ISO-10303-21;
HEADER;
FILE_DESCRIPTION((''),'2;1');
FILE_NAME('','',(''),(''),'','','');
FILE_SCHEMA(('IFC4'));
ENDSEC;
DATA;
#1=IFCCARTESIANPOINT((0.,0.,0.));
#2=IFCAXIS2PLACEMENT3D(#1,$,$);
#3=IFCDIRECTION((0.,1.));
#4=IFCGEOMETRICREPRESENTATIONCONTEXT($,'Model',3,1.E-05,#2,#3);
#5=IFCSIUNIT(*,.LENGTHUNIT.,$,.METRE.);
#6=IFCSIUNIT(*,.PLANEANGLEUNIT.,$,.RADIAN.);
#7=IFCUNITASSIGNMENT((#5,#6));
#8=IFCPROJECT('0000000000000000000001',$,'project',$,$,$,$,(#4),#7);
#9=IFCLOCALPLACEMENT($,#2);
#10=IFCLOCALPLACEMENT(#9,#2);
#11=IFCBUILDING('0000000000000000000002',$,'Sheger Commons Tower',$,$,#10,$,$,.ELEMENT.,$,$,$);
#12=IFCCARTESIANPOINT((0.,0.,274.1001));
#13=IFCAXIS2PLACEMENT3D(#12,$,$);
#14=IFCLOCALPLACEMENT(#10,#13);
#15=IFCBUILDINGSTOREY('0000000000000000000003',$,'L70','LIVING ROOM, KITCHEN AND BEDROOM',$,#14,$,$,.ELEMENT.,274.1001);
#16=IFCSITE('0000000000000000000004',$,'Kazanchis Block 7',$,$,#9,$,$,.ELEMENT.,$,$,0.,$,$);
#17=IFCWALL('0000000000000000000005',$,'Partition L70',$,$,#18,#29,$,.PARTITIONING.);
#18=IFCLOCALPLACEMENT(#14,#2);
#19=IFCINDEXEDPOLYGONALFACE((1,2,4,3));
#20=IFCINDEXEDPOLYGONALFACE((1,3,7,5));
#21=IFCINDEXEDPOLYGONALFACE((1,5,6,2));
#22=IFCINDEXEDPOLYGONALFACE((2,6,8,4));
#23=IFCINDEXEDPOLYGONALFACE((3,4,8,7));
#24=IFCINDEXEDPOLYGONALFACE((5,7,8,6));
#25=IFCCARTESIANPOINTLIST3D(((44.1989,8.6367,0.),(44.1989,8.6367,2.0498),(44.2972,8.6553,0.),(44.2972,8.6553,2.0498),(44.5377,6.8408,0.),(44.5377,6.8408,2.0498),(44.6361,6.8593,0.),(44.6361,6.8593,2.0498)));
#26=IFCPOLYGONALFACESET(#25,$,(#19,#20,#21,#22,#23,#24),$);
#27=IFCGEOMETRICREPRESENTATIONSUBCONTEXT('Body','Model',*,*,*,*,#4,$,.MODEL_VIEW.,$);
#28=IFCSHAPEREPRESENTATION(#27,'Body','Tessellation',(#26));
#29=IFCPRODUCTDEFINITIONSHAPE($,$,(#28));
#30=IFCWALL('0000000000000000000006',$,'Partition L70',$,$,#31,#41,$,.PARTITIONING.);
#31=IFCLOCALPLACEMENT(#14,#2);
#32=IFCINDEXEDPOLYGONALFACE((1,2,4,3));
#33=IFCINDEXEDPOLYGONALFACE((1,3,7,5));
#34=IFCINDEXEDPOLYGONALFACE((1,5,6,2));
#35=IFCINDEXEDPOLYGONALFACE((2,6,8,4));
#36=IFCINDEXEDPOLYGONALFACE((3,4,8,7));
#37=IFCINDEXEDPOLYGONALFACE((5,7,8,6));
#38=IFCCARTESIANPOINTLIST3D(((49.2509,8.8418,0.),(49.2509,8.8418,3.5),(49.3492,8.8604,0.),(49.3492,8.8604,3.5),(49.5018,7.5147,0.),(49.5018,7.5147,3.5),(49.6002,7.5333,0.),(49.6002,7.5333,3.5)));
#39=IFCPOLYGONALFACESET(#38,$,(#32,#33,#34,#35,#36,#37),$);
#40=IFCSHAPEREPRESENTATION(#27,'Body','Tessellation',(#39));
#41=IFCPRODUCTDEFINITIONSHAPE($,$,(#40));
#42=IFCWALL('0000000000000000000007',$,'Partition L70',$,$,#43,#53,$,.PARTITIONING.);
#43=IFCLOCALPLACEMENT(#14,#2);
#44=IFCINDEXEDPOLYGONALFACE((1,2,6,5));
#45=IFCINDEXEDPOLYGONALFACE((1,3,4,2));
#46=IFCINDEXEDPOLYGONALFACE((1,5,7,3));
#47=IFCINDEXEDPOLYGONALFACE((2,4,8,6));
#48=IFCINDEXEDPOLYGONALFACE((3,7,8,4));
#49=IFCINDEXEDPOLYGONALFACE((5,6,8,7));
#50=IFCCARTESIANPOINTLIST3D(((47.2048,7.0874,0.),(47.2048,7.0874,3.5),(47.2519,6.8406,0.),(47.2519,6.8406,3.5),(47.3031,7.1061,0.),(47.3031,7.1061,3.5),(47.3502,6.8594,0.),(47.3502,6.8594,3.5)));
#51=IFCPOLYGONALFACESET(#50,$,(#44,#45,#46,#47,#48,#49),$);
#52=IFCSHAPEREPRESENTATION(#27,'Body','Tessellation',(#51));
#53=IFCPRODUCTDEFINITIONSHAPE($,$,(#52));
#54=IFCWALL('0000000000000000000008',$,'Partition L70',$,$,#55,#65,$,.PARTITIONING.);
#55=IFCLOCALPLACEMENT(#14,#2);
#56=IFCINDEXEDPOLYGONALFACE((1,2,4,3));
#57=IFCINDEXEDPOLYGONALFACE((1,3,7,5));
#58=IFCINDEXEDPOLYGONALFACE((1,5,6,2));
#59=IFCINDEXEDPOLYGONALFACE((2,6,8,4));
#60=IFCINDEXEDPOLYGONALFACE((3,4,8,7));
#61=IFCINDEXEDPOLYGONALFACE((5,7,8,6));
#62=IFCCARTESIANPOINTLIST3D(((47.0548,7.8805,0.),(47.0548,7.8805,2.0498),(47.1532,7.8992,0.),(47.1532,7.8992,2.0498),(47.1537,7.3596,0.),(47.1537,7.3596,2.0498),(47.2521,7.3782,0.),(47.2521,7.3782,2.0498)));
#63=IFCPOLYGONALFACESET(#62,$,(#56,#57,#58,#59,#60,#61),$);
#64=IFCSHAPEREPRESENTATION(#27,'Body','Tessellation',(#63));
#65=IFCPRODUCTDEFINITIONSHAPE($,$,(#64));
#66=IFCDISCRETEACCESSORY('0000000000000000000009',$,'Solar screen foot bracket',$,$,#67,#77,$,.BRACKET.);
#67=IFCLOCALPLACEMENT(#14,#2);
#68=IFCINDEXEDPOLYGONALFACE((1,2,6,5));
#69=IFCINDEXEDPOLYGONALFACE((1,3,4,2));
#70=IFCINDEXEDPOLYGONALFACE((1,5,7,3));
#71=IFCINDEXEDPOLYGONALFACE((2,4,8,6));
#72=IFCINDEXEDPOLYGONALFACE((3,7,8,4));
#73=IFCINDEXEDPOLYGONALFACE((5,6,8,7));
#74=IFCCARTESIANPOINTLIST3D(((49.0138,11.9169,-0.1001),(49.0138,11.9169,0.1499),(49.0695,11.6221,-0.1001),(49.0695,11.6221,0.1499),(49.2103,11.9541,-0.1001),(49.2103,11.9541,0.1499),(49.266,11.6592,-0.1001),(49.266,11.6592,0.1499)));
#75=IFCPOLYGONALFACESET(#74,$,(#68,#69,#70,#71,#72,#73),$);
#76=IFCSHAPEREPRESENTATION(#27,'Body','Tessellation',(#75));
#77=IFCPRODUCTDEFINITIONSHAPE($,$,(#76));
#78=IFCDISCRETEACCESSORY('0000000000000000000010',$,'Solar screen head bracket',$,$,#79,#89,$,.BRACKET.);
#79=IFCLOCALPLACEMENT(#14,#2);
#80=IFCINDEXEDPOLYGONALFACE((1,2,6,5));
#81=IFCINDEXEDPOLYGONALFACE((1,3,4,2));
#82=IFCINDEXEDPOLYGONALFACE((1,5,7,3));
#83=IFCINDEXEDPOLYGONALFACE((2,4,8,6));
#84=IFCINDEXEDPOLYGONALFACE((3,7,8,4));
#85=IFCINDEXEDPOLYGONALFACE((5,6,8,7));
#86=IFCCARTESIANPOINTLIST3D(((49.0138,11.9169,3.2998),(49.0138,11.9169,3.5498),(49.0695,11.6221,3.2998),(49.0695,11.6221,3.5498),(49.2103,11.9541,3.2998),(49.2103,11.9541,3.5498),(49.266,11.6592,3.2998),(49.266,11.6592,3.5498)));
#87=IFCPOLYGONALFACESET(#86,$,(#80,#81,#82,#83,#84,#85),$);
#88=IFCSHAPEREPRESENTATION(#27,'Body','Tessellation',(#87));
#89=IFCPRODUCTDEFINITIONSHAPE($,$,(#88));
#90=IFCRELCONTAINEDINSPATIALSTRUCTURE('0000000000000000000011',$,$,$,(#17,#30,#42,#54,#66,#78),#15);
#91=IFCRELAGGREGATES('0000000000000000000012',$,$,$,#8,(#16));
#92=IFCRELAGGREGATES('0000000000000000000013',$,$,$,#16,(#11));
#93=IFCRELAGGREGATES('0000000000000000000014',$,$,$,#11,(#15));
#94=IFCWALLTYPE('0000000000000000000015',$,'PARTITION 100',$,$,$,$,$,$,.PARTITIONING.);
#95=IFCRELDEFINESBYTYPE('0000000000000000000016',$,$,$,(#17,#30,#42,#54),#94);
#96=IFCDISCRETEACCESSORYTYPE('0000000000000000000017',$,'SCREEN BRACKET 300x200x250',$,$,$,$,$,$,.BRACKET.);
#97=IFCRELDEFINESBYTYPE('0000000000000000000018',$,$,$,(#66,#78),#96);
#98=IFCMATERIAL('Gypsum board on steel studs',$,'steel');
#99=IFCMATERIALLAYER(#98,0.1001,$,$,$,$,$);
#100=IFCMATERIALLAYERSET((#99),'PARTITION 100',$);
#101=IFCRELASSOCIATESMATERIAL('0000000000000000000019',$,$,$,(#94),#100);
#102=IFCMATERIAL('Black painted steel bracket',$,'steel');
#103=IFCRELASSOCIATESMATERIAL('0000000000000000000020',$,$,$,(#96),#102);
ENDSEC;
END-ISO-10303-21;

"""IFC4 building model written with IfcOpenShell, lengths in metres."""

from ifc_helpers import new_model, si_unit, direction, frame, frame_2d, origin, origin_2d, place, context, subcontext, project, spatial, rectangle, extrude, material, layer, layer_set, type_object, element, save


model = new_model("IFC4")

# Units and contexts
model_context = context("Model", 3, precision=1e-05, world=origin(), true_north=direction((0.0, 1.0)))
body_context = subcontext(model_context, "Body", "Model", "MODEL_VIEW")
ifc_project = project(units=[si_unit("LENGTHUNIT", "METRE"), si_unit("PLANEANGLEUNIT", "RADIAN")], contexts=[model_context])

# Site, building, storey
site_placement = place(None, origin())
site = spatial("IfcSite", under=ifc_project, at=site_placement, Name="Kazanchis Block 7", CompositionType="ELEMENT", RefElevation=0.0)
building_placement = place(site_placement, origin())
building = spatial("IfcBuilding", under=site, at=building_placement, Name="Sheger Commons Tower", CompositionType="ELEMENT")
storey_placement = place(building_placement, frame((0.0, 0.0, 274.1001)))
storey = spatial("IfcBuildingStorey", under=building, at=storey_placement, Name="L70", Description="LIVING ROOM, KITCHEN AND BEDROOM", CompositionType="ELEMENT", Elevation=274.1001)

# Walls
ifc_material_1 = material(Name="Gypsum board on steel studs", Category="steel")
ifc_layer_1 = layer(ifc_material_1, 0.1001)
ifc_layer_set_1 = layer_set([ifc_layer_1], Name="PARTITION 100")
wall_type_1 = type_object("IfcWallType", Name="PARTITION 100", PredefinedType="PARTITIONING", material=ifc_layer_set_1)
wall_1_placement = place(storey_placement, frame((44.248, 8.646, 0.0), z_axis=(0.0, 0.0, 1.0), x_axis=(0.185418, -0.98266, 0.0)))
element("IfcWall", 1, at=wall_1_placement, inside=storey, type_object=wall_type_1, Name="Partition L70", PredefinedType="PARTITIONING", context=body_context, shape_type="SweptSolid", body=[
    extrude(rectangle(XDim=1.8276, YDim=0.1001, at=frame_2d((0.9138, 0.0))), origin(), (0.0, 0.0, 1.0), 2.0498),
])
wall_2_placement = place(storey_placement, frame((49.3, 8.8511, 0.0), z_axis=(0.0, 0.0, 1.0), x_axis=(0.185816, -0.982585, 0.0)))
element("IfcWall", 2, at=wall_2_placement, inside=storey, type_object=wall_type_1, Name="Partition L70", PredefinedType="PARTITIONING", context=body_context, shape_type="SweptSolid", body=[
    extrude(rectangle(XDim=1.3506, YDim=0.1001, at=frame_2d((0.6753, 0.0))), origin(), (0.0, 0.0, 1.0), 3.5),
])
wall_3_placement = place(storey_placement, frame((47.301, 6.8501, 0.0), z_axis=(0.0, 0.0, 1.0), x_axis=(-0.187514, 0.982262, 0.0)))
element("IfcWall", 3, at=wall_3_placement, inside=storey, type_object=wall_type_1, Name="Partition L70", PredefinedType="PARTITIONING", context=body_context, shape_type="SweptSolid", body=[
    extrude(rectangle(XDim=0.2512, YDim=0.1001, at=frame_2d((0.1255, 0.0))), origin(), (0.0, 0.0, 1.0), 3.5),
])
wall_4_placement = place(storey_placement, frame((47.2029, 7.3689, 0.0), z_axis=(0.0, 0.0, 1.0), x_axis=(-0.186456, 0.982463, 0.0)))
element("IfcWall", 4, at=wall_4_placement, inside=storey, type_object=wall_type_1, Name="Partition L70", PredefinedType="PARTITIONING", context=body_context, shape_type="SweptSolid", body=[
    extrude(rectangle(XDim=0.5303, YDim=0.1001, at=frame_2d((0.2651, 0.0))), origin(), (0.0, 0.0, 1.0), 2.0498),
])

# Discrete accessories
ifc_material_2 = material(Name="Black painted steel bracket", Category="steel")
discrete_accessory_type = type_object("IfcDiscreteAccessoryType", Name="SCREEN BRACKET 300x200x250", PredefinedType="BRACKET", material=ifc_material_2)
for number, where, z_axis, x_axis, name in (
    (5, (49.1399, 11.7881, -0.1001), (0.0, 0.0, 1.0), (-0.185615, 0.982623, 0.0), "Solar screen foot bracket"),
    (6, (49.1399, 11.7881, 3.2998), (0.0, 0.0, 1.0), (-0.185615, 0.982623, 0.0), "Solar screen head bracket"),
):
    element("IfcDiscreteAccessory", number, at=place(storey_placement, frame(where, z_axis=z_axis, x_axis=x_axis)), inside=storey, type_object=discrete_accessory_type, Name=name, PredefinedType="BRACKET", context=body_context, shape_type="SweptSolid", body=[
        extrude(rectangle(XDim=0.3, YDim=0.2, at=origin_2d()), origin(), (0.0, 0.0, 1.0), 0.25),
    ])

save(model, "model.ifc")
